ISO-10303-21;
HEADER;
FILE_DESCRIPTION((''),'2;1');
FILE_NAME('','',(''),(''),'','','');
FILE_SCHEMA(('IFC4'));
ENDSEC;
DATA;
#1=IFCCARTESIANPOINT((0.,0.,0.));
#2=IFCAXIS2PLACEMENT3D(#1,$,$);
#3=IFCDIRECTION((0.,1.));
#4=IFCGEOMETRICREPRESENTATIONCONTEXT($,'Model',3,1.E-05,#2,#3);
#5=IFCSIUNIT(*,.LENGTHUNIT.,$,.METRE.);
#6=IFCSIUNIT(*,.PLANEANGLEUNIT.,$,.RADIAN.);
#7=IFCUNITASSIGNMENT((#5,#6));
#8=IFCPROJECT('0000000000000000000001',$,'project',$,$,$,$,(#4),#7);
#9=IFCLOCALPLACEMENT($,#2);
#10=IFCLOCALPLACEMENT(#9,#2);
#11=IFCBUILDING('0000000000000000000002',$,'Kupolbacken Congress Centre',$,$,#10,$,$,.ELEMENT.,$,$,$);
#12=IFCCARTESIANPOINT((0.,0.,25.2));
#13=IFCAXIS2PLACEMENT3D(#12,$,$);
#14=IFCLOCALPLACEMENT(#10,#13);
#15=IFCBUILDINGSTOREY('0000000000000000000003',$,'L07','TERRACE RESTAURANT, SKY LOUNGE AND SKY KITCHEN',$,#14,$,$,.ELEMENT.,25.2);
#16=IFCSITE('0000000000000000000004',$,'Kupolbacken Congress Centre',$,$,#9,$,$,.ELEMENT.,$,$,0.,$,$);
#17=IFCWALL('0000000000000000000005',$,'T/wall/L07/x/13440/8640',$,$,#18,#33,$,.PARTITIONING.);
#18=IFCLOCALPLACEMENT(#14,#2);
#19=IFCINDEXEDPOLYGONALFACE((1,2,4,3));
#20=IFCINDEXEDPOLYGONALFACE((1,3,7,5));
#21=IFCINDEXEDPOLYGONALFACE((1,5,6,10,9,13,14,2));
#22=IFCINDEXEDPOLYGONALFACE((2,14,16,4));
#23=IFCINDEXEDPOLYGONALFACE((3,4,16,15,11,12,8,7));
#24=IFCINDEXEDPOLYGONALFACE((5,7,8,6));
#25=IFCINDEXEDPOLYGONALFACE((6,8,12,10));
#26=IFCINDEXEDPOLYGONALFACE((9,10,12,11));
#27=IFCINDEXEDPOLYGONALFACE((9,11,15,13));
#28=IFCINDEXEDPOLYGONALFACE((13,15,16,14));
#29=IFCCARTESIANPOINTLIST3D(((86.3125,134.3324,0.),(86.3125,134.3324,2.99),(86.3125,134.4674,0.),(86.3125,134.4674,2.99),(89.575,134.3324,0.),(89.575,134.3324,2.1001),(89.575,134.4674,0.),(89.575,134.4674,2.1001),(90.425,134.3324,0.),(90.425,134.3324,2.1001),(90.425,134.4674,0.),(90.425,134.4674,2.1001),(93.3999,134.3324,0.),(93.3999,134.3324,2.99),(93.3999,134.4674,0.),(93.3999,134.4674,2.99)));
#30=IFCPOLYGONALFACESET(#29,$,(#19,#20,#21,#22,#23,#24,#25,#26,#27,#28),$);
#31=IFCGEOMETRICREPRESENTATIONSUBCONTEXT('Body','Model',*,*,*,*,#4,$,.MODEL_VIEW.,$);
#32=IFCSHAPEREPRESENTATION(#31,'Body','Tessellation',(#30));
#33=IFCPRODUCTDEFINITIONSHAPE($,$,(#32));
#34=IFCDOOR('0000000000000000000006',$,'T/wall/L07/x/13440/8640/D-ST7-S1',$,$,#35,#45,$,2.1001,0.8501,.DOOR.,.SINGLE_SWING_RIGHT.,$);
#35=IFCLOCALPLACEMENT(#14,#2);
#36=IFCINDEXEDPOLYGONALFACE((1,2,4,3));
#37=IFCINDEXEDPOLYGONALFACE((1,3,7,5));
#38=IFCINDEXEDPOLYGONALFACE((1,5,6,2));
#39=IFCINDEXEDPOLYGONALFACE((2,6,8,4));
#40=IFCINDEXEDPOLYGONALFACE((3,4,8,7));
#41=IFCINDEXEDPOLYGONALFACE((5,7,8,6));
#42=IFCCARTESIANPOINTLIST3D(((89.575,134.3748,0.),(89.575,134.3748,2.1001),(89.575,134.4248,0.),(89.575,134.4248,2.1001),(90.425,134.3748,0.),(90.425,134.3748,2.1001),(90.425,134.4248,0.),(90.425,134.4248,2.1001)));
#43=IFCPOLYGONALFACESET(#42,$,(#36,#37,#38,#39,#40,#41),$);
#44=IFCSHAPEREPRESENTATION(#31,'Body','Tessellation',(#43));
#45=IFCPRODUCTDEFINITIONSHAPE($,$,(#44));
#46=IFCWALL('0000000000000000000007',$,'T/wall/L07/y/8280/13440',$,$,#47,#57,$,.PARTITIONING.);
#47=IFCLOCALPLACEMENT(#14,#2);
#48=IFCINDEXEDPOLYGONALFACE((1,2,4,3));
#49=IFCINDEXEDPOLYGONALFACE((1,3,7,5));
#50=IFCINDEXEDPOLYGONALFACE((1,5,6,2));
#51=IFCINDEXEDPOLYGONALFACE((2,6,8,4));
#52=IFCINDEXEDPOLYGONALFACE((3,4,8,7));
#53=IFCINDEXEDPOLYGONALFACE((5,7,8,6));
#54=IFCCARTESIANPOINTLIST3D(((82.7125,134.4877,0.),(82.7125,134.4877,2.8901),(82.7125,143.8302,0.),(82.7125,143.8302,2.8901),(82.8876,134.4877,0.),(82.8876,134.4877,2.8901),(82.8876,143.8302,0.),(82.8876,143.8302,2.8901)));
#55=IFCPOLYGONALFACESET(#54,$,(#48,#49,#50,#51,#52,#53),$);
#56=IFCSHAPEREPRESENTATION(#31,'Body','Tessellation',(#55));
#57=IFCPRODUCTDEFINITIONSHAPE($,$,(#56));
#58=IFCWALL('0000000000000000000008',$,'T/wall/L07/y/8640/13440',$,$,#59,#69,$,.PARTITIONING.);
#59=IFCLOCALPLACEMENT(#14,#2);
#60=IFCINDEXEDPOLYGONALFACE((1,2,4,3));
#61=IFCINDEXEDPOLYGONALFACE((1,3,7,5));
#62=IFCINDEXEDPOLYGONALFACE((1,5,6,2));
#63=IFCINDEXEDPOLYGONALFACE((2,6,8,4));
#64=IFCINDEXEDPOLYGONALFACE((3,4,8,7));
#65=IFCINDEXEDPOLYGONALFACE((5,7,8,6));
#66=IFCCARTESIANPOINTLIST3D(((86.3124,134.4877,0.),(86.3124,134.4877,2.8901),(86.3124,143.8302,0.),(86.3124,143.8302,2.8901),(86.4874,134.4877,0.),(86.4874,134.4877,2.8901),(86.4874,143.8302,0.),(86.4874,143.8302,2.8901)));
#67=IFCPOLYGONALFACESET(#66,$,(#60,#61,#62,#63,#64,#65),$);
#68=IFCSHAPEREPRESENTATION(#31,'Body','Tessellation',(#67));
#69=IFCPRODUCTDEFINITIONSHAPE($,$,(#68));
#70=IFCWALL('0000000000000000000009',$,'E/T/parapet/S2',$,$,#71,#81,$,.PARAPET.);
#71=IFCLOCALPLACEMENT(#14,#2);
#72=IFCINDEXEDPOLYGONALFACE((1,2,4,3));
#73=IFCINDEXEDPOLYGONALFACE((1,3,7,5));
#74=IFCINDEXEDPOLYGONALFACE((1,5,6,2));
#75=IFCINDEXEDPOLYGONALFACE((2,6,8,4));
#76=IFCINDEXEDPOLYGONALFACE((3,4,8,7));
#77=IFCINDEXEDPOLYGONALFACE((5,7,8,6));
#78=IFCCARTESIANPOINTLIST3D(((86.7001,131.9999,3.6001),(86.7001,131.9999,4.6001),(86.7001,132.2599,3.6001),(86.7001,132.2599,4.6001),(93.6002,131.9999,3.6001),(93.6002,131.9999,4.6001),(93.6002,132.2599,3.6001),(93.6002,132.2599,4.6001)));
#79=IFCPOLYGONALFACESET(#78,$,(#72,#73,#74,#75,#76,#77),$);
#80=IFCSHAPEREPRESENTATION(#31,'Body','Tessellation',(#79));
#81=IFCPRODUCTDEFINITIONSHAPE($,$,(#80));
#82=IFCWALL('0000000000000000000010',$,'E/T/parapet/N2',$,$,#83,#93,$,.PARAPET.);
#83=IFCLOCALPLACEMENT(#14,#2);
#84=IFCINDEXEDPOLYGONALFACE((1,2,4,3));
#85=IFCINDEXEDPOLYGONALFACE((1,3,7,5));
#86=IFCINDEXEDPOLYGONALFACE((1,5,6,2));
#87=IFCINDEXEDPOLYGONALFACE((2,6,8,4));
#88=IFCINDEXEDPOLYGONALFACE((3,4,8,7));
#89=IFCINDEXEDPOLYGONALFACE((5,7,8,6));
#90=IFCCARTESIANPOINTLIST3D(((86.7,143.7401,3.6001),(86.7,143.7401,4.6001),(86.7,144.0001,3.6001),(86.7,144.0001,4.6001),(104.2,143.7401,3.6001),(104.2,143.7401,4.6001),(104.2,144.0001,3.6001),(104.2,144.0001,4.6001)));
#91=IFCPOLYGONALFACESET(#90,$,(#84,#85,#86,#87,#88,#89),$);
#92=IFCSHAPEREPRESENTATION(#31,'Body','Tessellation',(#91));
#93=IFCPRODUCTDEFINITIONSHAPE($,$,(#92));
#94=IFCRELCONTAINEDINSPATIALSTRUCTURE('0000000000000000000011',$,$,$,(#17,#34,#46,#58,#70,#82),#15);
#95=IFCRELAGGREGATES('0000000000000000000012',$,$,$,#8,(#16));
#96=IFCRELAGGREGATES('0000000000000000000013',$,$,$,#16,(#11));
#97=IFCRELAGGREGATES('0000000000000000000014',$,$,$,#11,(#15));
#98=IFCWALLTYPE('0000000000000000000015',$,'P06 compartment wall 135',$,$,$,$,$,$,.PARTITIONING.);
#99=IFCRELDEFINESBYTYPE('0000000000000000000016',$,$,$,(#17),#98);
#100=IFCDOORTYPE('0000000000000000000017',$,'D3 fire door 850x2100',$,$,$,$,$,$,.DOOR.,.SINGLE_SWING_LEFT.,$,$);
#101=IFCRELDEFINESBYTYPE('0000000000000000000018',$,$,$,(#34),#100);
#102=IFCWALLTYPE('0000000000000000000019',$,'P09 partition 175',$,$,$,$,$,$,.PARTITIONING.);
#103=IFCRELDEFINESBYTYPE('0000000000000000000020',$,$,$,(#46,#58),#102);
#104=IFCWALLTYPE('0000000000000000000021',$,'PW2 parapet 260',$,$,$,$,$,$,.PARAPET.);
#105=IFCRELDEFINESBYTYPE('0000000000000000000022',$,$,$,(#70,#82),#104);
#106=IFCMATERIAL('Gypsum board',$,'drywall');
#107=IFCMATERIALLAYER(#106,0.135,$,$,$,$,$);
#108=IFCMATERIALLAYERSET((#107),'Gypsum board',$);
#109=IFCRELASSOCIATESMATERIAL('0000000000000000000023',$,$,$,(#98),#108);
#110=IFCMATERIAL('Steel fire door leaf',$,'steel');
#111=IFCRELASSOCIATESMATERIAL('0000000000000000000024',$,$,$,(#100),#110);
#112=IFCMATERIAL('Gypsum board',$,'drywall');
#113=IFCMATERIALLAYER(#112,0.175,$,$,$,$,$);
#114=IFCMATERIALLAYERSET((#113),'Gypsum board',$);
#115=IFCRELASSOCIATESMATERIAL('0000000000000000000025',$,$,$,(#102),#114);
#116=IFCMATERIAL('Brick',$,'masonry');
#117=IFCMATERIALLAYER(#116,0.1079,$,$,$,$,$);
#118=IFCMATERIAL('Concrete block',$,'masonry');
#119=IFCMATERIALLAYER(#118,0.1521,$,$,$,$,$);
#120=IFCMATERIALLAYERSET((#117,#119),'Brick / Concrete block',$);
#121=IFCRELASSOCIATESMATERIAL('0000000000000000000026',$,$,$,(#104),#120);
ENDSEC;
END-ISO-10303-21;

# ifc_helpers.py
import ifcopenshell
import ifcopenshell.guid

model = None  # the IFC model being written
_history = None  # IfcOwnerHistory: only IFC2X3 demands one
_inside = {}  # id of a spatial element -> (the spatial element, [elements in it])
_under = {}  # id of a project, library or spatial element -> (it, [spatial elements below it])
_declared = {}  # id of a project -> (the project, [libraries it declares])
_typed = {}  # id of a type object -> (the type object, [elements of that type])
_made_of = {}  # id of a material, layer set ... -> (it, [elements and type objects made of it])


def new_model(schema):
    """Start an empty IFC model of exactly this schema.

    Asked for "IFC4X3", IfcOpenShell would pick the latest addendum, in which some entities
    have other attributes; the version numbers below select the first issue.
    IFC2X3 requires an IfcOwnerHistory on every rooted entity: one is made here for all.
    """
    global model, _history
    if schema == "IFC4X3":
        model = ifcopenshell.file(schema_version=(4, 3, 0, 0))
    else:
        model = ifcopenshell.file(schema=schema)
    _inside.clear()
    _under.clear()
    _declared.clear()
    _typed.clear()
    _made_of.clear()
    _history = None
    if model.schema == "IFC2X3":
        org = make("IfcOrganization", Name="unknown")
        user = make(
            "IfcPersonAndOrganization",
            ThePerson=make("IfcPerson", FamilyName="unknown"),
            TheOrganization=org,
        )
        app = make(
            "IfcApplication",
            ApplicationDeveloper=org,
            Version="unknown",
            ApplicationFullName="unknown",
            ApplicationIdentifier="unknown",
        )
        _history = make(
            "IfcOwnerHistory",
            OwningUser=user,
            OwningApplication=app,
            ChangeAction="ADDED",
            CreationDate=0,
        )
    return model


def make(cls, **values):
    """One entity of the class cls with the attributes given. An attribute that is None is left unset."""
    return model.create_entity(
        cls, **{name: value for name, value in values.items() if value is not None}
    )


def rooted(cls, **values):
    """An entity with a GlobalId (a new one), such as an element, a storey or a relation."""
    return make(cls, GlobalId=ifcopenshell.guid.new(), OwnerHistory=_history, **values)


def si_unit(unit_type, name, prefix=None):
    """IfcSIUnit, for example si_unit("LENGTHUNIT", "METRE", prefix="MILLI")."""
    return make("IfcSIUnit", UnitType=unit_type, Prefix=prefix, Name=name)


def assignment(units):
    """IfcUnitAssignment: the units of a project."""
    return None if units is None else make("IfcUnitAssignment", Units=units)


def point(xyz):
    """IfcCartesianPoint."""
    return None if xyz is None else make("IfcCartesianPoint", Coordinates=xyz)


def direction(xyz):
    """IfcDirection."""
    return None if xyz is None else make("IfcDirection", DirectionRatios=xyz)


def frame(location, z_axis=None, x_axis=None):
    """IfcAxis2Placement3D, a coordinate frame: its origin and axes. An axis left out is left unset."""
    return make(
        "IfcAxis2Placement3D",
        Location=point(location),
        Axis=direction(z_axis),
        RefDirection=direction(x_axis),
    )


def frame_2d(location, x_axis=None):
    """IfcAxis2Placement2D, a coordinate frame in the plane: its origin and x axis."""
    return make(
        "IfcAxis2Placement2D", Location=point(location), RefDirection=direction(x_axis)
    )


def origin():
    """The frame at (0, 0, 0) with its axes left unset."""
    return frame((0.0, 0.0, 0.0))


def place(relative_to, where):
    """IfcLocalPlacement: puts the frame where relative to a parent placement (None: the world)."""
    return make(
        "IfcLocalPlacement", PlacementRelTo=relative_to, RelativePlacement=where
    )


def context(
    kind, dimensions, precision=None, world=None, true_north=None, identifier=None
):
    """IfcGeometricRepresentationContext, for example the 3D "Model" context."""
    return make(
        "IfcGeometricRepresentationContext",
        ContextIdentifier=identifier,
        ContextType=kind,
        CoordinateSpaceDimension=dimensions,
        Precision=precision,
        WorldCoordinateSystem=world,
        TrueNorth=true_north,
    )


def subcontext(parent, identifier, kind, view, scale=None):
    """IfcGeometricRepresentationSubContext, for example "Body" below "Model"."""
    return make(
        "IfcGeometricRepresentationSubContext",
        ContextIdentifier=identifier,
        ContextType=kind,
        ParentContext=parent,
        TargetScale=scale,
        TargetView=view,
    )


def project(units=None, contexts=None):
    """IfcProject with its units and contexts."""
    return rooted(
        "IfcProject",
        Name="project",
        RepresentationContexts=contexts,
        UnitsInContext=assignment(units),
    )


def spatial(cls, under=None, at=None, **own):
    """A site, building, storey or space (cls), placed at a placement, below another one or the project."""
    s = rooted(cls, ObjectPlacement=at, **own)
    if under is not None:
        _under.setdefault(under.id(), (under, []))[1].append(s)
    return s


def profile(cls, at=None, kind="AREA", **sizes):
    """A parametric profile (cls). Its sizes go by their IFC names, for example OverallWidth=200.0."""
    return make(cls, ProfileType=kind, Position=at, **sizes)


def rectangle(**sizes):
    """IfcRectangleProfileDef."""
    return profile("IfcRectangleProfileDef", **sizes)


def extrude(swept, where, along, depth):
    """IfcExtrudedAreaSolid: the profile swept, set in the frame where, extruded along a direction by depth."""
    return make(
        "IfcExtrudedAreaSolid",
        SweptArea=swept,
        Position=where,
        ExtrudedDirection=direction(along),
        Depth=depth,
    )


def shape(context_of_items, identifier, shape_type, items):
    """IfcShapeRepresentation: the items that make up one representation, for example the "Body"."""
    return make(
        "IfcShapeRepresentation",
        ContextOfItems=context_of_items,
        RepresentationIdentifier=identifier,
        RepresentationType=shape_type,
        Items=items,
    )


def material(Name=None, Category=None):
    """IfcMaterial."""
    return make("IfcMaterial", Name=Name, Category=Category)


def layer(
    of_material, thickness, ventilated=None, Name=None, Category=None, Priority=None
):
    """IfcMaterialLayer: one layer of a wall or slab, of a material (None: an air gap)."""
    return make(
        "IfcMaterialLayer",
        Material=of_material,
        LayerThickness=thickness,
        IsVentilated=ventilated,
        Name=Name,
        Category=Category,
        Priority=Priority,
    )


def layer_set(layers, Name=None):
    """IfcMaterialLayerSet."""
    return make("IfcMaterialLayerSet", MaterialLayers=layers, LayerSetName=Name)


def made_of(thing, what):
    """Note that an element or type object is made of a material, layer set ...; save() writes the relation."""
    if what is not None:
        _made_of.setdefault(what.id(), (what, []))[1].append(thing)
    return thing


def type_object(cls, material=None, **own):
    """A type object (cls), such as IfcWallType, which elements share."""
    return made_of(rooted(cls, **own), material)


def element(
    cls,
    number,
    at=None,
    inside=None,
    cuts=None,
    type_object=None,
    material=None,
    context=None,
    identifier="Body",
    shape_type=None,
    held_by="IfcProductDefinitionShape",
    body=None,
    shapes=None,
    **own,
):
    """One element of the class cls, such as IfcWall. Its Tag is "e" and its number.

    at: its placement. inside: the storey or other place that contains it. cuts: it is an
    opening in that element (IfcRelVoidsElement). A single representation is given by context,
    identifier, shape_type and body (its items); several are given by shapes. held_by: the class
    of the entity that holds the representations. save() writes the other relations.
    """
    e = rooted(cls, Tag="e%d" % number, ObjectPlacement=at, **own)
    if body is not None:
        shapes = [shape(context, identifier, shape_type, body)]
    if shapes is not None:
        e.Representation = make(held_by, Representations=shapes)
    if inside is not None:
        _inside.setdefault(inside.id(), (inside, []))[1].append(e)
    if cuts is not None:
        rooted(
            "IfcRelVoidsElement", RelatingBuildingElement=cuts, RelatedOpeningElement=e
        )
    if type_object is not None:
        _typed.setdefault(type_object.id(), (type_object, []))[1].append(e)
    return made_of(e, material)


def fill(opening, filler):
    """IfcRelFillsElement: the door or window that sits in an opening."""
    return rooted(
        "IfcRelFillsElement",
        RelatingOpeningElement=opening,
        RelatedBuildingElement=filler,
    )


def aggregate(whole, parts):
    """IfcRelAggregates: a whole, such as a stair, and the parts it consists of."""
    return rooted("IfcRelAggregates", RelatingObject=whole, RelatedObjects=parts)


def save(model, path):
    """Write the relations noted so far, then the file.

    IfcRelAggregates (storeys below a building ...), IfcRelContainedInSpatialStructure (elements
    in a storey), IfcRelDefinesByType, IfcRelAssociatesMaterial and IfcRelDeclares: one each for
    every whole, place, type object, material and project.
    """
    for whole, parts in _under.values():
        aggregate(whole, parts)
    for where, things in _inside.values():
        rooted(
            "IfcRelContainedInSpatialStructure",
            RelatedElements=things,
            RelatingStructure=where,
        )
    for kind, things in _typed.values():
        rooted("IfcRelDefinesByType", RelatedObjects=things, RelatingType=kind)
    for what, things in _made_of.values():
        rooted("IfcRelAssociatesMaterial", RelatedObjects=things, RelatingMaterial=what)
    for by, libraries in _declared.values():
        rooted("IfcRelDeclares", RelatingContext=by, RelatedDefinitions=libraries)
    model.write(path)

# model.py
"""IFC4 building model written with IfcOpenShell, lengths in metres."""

from ifc_helpers import new_model, si_unit, direction, frame, frame_2d, origin, place, context, subcontext, project, spatial, rectangle, extrude, material, layer, layer_set, type_object, element, fill, save


model = new_model("IFC4")

# Units and contexts
model_context = context("Model", 3, precision=1e-05, world=origin(), true_north=direction((0.0, 1.0)))
body_context = subcontext(model_context, "Body", "Model", "MODEL_VIEW")
ifc_project = project(units=[si_unit("LENGTHUNIT", "METRE"), si_unit("PLANEANGLEUNIT", "RADIAN")], contexts=[model_context])

# Site, building, storey
site_placement = place(None, origin())
site = spatial("IfcSite", under=ifc_project, at=site_placement, Name="Kupolbacken Congress Centre", CompositionType="ELEMENT", RefElevation=0.0)
building_placement = place(site_placement, origin())
building = spatial("IfcBuilding", under=site, at=building_placement, Name="Kupolbacken Congress Centre", CompositionType="ELEMENT")
storey_placement = place(building_placement, frame((0.0, 0.0, 25.2)))
storey = spatial("IfcBuildingStorey", under=building, at=storey_placement, Name="L07", Description="TERRACE RESTAURANT, SKY LOUNGE AND SKY KITCHEN", CompositionType="ELEMENT", Elevation=25.2)

# Wall, opening, door
ifc_material_1 = material(Name="Gypsum board", Category="drywall")
ifc_layer_1 = layer(ifc_material_1, 0.135)
ifc_layer_set_1 = layer_set([ifc_layer_1], Name="Gypsum board")
wall_type_1 = type_object("IfcWallType", Name="P06 compartment wall 135", PredefinedType="PARTITIONING", material=ifc_layer_set_1)
wall_1_placement = place(storey_placement, frame((86.3125, 134.3999, 0.0), z_axis=(0.0, 0.0, 1.0), x_axis=(1.0, 0.0, 0.0)))
wall_1 = element("IfcWall", 1, at=wall_1_placement, inside=storey, type_object=wall_type_1, Name="T/wall/L07/x/13440/8640", PredefinedType="PARTITIONING", context=body_context, shape_type="SweptSolid", body=[
    extrude(rectangle(XDim=7.0874, YDim=0.135, at=frame_2d((3.5437, 0.0))), origin(), (0.0, 0.0, 1.0), 2.99),
])
opening_1_placement = place(wall_1_placement, frame((3.2625, 0.0, 0.0)))
opening_1 = element("IfcOpeningElement", 2, at=opening_1_placement, cuts=wall_1, PredefinedType="OPENING", context=body_context, shape_type="SweptSolid", body=[
    extrude(rectangle(XDim=0.8501, YDim=2.1001, at=frame_2d((0.425, 1.05))), frame((0.0, 0.0774, 0.0), z_axis=(0.0, -1.0, 0.0), x_axis=(1.0, 0.0, 0.0)), (0.0, 0.0, 1.0), 0.155),
])
ifc_material_2 = material(Name="Steel fire door leaf", Category="steel")
door_type_1 = type_object("IfcDoorType", Name="D3 fire door 850x2100", OperationType="SINGLE_SWING_LEFT", PredefinedType="DOOR", material=ifc_material_2)
door_1_placement = place(opening_1_placement, origin())
door_1 = element("IfcDoor", 3, at=door_1_placement, inside=storey, type_object=door_type_1, Name="T/wall/L07/x/13440/8640/D-ST7-S1", OperationType="SINGLE_SWING_RIGHT", OverallHeight=2.1001, OverallWidth=0.8501, PredefinedType="DOOR", context=body_context, shape_type="SweptSolid", body=[
    extrude(rectangle(XDim=0.8501, YDim=2.1001, at=frame_2d((0.425, 1.05))), frame((0.0, 0.0249, 0.0), z_axis=(0.0, -1.0, 0.0), x_axis=(1.0, 0.0, 0.0)), (0.0, 0.0, 1.0), 0.05),
])
fill(opening_1, door_1)
ifc_material_3 = material(Name="Gypsum board", Category="drywall")
ifc_layer_2 = layer(ifc_material_3, 0.175)
ifc_layer_set_2 = layer_set([ifc_layer_2], Name="Gypsum board")
wall_type_2 = type_object("IfcWallType", Name="P09 partition 175", PredefinedType="PARTITIONING", material=ifc_layer_set_2)

# Walls
for number, where, z_axis, x_axis, name in (
    (4, (82.8, 134.4875, 0.0), (0.0, 0.0, 1.0), (0.0, 1.0, 0.0), "T/wall/L07/y/8280/13440"),
    (5, (86.3999, 134.4875, 0.0), (0.0, 0.0, 1.0), (0.0, 1.0, 0.0), "T/wall/L07/y/8640/13440"),
):
    element("IfcWall", number, at=place(storey_placement, frame(where, z_axis=z_axis, x_axis=x_axis)), inside=storey, type_object=wall_type_2, Name=name, PredefinedType="PARTITIONING", context=body_context, shape_type="SweptSolid", body=[
        extrude(rectangle(XDim=9.3425, YDim=0.175, at=frame_2d((4.6714, 0.0))), origin(), (0.0, 0.0, 1.0), 2.8901),
    ])
ifc_material_4 = material(Name="Brick", Category="masonry")
ifc_layer_3 = layer(ifc_material_4, 0.1079)
ifc_material_5 = material(Name="Concrete block", Category="masonry")
ifc_layer_4 = layer(ifc_material_5, 0.1521)
ifc_layer_set_3 = layer_set([ifc_layer_3, ifc_layer_4], Name="Brick / Concrete block")
wall_type_3 = type_object("IfcWallType", Name="PW2 parapet 260", PredefinedType="PARAPET", material=ifc_layer_set_3)
wall_2_placement = place(storey_placement, frame((86.7, 132.1299, 3.6001), z_axis=(0.0, 0.0, 1.0), x_axis=(1.0, 0.0, 0.0)))
element("IfcWall", 6, at=wall_2_placement, inside=storey, type_object=wall_type_3, Name="E/T/parapet/S2", PredefinedType="PARAPET", context=body_context, shape_type="SweptSolid", body=[
    extrude(rectangle(XDim=6.9001, YDim=0.26, at=frame_2d((3.4502, 0.0))), origin(), (0.0, 0.0, 1.0), 1.0),
])
wall_3_placement = place(storey_placement, frame((86.7, 143.8701, 3.6001), z_axis=(0.0, 0.0, 1.0), x_axis=(1.0, 0.0, 0.0)))
element("IfcWall", 7, at=wall_3_placement, inside=storey, type_object=wall_type_3, Name="E/T/parapet/N2", PredefinedType="PARAPET", context=body_context, shape_type="SweptSolid", body=[
    extrude(rectangle(XDim=17.5, YDim=0.26, at=frame_2d((8.75, 0.0))), origin(), (0.0, 0.0, 1.0), 1.0),
])

save(model, "model.ifc")
